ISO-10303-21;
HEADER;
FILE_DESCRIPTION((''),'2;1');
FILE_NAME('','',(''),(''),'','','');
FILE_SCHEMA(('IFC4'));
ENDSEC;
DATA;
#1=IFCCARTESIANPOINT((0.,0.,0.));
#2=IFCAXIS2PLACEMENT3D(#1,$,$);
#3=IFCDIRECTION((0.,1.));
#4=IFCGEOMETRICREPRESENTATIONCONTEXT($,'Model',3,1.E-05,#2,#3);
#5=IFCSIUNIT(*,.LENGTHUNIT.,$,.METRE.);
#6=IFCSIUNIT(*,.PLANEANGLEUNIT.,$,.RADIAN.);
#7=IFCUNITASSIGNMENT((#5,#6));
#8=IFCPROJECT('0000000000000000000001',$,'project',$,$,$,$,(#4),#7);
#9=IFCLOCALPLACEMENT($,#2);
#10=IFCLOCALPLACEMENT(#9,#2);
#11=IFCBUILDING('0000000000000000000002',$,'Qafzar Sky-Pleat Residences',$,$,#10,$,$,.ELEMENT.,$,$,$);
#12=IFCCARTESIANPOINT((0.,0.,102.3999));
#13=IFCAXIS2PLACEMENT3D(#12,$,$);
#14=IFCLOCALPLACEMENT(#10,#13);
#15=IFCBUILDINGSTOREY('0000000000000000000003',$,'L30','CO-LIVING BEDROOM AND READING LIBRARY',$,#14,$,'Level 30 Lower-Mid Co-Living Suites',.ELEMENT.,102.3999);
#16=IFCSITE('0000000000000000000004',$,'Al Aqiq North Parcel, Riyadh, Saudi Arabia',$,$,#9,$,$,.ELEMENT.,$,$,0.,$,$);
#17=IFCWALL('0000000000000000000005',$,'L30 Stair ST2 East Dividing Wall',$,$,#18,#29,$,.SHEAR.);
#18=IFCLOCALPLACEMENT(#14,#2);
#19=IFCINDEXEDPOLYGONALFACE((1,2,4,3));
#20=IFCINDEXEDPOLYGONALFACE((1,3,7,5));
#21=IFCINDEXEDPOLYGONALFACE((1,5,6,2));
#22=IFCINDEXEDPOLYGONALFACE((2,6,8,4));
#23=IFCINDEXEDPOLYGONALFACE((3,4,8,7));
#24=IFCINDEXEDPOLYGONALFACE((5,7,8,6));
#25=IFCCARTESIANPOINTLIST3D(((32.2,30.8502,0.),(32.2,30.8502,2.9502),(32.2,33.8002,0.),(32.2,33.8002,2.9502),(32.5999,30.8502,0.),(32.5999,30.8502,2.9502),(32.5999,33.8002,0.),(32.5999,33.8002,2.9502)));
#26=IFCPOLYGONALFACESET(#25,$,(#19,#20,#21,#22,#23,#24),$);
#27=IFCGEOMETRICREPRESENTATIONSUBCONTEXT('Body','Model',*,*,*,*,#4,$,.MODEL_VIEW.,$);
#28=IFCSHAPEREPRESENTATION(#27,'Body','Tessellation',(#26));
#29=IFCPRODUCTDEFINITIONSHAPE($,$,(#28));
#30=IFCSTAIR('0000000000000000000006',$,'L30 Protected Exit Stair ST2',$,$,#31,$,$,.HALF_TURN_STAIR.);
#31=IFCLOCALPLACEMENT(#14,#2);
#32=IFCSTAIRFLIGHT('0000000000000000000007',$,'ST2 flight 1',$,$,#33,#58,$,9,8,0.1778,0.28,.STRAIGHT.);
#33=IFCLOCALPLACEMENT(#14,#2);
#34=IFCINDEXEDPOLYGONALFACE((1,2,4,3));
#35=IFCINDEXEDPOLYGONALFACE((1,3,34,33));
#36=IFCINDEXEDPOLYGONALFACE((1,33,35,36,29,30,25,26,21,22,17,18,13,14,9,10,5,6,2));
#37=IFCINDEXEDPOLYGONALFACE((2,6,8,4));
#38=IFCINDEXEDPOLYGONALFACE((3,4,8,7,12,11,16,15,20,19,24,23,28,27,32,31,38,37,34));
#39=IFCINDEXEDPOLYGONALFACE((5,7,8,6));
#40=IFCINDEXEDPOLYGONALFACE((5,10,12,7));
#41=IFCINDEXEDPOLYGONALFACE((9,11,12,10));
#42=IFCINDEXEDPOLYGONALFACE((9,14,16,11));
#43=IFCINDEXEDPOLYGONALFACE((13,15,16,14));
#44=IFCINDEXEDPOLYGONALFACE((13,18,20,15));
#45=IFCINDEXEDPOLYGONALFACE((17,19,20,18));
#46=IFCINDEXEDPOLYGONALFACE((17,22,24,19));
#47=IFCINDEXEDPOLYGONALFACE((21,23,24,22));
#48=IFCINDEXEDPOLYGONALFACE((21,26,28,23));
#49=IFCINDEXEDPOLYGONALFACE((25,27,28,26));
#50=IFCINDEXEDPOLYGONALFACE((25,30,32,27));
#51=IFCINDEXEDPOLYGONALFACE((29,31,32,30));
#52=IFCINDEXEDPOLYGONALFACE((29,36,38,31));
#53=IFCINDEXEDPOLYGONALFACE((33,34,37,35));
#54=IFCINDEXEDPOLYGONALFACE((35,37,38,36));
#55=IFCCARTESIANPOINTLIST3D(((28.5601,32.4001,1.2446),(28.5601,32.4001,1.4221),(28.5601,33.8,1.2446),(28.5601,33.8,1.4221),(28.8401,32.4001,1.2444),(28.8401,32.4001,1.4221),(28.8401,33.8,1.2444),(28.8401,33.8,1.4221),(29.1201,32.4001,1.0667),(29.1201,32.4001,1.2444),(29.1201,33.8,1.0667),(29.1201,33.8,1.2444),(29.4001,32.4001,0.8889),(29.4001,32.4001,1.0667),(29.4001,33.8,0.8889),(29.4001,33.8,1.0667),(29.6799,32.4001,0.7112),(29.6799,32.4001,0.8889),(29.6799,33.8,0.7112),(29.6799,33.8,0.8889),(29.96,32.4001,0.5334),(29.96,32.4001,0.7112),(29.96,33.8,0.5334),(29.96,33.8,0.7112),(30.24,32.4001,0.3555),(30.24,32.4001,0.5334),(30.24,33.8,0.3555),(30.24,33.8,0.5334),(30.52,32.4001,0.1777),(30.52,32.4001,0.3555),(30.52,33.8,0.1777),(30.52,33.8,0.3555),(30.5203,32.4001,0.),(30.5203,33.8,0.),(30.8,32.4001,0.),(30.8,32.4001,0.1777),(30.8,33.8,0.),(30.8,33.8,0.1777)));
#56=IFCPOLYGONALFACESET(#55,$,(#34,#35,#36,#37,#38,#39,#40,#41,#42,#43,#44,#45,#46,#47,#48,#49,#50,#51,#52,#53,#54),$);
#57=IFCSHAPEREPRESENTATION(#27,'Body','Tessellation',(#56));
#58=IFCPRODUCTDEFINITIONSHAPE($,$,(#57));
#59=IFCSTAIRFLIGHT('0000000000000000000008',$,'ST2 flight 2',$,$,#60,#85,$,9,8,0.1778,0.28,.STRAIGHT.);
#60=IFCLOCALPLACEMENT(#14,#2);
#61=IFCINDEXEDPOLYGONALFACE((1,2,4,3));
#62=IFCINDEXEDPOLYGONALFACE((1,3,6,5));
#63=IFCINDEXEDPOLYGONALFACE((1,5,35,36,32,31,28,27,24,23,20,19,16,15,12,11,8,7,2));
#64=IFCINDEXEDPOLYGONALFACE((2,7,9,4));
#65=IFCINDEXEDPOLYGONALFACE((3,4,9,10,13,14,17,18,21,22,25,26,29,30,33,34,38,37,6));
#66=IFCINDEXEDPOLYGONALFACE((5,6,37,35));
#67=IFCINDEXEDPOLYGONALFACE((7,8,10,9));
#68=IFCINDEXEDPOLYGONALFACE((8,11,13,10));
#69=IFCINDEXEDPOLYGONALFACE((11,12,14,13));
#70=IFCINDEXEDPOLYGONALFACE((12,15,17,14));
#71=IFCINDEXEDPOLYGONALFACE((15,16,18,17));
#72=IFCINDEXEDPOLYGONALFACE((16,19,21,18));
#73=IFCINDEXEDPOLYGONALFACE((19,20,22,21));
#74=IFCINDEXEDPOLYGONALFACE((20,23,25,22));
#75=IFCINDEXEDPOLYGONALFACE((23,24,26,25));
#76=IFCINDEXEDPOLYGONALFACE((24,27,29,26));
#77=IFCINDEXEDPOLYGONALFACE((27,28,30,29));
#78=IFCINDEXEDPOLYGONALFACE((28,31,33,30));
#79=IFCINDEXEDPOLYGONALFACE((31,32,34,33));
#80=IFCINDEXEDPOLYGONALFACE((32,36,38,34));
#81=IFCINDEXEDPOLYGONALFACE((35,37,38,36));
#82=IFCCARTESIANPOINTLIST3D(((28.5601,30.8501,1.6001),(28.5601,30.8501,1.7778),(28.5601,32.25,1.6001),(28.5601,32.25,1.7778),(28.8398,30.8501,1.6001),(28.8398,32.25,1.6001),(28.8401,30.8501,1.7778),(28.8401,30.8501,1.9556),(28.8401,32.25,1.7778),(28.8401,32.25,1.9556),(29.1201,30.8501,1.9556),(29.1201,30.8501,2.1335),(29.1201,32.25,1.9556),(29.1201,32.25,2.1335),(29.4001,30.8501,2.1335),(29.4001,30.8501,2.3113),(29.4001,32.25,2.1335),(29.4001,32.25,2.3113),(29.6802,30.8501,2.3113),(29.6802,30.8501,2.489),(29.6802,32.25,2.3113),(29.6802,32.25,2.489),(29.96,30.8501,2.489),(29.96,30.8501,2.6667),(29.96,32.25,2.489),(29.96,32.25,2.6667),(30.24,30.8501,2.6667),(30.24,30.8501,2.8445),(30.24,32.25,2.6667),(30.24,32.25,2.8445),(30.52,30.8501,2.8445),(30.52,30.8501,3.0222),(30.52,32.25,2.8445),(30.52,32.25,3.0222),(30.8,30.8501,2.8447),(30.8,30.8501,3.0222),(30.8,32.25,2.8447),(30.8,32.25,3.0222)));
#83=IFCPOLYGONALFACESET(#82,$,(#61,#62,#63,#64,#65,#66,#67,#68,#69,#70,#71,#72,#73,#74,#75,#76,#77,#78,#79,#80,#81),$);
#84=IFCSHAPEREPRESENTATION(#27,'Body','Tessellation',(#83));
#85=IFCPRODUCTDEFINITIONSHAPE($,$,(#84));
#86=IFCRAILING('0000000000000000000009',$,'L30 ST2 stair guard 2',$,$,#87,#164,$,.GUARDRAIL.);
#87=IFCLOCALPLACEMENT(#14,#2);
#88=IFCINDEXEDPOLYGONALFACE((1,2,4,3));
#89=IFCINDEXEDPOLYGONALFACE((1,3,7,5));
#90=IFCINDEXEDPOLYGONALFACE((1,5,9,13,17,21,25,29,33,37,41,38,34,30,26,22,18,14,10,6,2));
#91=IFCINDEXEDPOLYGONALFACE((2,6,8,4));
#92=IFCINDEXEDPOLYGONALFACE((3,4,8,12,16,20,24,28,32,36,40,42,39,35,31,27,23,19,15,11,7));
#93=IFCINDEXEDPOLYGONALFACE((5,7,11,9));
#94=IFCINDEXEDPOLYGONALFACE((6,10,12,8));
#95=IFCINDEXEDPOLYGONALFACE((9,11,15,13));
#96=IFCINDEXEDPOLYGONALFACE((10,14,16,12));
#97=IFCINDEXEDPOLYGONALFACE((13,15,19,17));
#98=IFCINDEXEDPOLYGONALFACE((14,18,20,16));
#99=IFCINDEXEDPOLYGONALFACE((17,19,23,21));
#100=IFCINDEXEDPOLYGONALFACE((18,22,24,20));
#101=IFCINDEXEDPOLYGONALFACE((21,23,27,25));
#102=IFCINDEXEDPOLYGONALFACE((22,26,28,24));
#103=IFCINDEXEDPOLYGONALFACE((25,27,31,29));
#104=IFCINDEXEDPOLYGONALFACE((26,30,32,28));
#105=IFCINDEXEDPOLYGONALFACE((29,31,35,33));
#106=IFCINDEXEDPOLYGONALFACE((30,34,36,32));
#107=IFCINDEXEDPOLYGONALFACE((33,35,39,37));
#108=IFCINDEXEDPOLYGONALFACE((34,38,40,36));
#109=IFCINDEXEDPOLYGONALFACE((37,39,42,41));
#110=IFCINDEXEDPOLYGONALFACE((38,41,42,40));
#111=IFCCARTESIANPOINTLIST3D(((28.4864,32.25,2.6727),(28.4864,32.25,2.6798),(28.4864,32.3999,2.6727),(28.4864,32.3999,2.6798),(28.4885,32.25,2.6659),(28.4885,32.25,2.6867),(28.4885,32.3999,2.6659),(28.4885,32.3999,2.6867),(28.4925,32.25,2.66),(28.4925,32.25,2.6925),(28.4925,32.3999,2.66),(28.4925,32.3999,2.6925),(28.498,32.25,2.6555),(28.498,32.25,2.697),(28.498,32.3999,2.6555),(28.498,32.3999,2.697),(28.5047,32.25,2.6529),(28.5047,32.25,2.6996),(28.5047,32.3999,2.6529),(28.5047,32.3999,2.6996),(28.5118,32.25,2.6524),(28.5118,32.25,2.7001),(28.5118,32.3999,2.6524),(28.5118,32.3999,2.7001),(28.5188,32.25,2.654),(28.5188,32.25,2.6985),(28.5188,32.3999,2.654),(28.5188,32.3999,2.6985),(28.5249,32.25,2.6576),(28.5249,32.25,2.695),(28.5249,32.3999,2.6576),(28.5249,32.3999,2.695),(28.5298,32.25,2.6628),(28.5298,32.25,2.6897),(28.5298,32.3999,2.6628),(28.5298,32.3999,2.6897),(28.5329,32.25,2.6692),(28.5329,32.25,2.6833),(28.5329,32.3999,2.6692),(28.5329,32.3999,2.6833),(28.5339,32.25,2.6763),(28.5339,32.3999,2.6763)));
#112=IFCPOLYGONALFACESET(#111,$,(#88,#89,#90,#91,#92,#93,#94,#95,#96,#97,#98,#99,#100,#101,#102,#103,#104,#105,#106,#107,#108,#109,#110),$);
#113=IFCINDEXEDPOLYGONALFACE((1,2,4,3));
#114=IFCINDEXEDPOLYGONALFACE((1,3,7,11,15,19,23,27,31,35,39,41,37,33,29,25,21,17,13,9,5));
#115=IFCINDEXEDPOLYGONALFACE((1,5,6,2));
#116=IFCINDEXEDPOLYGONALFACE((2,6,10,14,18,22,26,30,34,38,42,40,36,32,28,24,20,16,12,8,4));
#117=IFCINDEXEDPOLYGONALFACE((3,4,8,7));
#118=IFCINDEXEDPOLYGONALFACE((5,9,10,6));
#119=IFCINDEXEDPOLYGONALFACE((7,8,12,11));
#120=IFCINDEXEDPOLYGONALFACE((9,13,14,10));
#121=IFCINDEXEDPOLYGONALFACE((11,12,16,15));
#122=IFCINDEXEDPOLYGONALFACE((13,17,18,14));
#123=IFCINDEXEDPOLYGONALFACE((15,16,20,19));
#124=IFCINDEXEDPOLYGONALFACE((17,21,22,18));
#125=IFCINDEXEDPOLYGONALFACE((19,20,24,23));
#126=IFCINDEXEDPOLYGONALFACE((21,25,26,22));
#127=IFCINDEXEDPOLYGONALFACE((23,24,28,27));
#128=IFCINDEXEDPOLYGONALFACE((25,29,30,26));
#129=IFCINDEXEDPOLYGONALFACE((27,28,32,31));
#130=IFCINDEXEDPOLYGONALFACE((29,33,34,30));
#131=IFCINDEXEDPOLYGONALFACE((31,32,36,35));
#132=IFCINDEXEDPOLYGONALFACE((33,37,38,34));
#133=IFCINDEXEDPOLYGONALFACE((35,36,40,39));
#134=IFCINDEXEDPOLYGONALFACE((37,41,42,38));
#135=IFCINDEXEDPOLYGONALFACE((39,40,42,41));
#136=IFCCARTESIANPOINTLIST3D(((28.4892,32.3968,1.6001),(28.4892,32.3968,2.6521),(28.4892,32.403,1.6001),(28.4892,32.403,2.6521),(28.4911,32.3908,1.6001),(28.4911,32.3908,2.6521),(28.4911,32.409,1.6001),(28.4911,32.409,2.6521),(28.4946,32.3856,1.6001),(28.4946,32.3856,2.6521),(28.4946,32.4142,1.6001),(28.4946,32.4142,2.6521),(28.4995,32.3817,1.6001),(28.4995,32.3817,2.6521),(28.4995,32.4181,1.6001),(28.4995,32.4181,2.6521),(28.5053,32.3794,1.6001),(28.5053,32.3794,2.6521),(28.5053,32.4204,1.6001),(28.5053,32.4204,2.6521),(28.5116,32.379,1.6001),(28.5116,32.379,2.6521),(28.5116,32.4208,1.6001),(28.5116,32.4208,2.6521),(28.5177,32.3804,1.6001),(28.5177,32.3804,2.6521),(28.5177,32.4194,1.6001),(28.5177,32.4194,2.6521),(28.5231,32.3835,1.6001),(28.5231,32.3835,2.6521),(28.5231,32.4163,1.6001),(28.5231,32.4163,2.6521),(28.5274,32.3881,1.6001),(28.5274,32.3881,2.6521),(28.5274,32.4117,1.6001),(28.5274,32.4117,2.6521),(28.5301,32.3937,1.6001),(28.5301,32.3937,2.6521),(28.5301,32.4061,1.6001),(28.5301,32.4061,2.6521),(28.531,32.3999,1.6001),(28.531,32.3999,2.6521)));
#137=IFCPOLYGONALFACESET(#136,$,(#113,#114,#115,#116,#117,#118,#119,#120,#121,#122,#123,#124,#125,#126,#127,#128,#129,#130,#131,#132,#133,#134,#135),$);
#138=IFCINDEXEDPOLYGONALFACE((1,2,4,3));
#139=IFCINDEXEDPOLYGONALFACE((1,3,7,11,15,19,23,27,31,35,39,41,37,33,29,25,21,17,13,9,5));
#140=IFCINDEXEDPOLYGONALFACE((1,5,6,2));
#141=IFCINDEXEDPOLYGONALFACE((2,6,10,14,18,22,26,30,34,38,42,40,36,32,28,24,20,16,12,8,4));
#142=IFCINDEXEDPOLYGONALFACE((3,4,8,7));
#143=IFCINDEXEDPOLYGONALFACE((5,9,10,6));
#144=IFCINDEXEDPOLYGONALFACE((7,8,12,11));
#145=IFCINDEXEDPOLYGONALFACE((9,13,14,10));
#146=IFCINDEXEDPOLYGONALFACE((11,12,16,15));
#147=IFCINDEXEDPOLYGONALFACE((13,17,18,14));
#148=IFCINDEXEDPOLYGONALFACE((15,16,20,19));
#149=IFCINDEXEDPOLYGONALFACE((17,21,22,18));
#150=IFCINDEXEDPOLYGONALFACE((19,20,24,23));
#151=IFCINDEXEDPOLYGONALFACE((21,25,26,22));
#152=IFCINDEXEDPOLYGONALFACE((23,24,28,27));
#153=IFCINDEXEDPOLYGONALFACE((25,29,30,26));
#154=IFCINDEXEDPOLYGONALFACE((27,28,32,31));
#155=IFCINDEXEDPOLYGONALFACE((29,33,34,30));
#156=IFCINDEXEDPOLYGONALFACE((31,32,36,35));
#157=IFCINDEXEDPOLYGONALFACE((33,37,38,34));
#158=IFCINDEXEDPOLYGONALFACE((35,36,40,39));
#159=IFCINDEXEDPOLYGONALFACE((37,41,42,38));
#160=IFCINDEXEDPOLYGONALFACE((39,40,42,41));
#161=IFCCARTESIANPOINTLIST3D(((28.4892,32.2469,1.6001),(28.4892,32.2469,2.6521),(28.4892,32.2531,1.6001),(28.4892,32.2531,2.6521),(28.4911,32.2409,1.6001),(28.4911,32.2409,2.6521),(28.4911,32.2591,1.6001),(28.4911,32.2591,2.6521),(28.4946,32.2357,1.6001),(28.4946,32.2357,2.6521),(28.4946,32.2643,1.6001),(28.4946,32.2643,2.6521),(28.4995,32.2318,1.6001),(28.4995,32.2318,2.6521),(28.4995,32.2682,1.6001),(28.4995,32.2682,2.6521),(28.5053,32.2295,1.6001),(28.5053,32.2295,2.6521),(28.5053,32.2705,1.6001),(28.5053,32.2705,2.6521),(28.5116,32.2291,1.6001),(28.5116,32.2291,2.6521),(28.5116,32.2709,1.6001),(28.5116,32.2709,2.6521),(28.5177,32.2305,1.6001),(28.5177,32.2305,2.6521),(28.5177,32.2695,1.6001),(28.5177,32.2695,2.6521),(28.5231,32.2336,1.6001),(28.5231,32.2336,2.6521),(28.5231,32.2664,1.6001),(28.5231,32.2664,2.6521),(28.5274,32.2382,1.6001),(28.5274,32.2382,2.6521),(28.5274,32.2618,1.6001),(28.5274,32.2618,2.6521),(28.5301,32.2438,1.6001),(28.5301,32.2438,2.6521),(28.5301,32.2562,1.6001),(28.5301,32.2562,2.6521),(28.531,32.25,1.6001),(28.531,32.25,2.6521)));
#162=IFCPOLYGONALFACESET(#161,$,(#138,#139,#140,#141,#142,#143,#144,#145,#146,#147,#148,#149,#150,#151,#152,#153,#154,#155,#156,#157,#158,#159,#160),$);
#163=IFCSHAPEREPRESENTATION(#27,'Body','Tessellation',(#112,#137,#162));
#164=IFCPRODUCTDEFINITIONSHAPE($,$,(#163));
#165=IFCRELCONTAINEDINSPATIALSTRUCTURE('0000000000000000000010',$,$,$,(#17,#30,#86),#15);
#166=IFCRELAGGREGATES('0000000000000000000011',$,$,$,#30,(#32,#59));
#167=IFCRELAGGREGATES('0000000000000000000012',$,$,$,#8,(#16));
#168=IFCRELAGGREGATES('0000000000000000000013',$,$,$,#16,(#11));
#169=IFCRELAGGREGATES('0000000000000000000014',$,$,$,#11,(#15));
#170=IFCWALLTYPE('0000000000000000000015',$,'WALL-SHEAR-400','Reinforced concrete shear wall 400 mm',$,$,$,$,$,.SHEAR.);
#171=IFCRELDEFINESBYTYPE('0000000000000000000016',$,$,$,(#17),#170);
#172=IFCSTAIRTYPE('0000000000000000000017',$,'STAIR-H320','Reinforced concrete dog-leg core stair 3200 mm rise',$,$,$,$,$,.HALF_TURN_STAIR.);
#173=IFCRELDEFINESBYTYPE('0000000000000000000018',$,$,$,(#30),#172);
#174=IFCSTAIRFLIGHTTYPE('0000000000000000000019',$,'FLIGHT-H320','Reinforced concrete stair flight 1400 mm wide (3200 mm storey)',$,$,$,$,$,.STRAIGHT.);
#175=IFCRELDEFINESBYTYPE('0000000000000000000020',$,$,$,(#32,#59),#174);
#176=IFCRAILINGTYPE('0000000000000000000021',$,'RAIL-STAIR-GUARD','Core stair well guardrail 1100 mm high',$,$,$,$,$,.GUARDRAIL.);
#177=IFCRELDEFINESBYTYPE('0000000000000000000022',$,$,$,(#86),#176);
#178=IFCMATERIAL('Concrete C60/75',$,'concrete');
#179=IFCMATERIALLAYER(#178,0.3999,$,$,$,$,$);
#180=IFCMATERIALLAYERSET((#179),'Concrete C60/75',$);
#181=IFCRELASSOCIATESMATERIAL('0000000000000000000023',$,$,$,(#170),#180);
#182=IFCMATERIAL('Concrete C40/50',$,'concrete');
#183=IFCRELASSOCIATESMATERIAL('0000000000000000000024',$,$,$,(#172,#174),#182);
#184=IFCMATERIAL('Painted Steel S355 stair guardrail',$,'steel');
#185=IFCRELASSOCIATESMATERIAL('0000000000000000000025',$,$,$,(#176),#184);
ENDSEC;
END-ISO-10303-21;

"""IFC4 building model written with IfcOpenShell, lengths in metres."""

from ifc_helpers import new_model, si_unit, direction, frame, frame_2d, origin, origin_2d, place, context, subcontext, project, spatial, polyline, rectangle, circle, outline, extrude, source, transform, mapped, material, layer, layer_set, type_object, element, aggregate, save


model = new_model("IFC4")

# Units and contexts
model_context = context("Model", 3, precision=1e-05, world=origin(), true_north=direction((0.0, 1.0)))
body_context = subcontext(model_context, "Body", "Model", "MODEL_VIEW")
ifc_project = project(units=[si_unit("LENGTHUNIT", "METRE"), si_unit("PLANEANGLEUNIT", "RADIAN")], contexts=[model_context])

# Site, building, storey
site_placement = place(None, origin())
site = spatial("IfcSite", under=ifc_project, at=site_placement, Name="Al Aqiq North Parcel, Riyadh, Saudi Arabia", CompositionType="ELEMENT", RefElevation=0.0)
building_placement = place(site_placement, origin())
building = spatial("IfcBuilding", under=site, at=building_placement, Name="Qafzar Sky-Pleat Residences", CompositionType="ELEMENT")
storey_placement = place(building_placement, frame((0.0, 0.0, 102.3999)))
storey = spatial("IfcBuildingStorey", under=building, at=storey_placement, Name="L30", Description="CO-LIVING BEDROOM AND READING LIBRARY", LongName="Level 30 Lower-Mid Co-Living Suites", CompositionType="ELEMENT", Elevation=102.3999)

# Wall
ifc_material_1 = material(Name="Concrete C60/75", Category="concrete")
ifc_layer_1 = layer(ifc_material_1, 0.3999)
ifc_layer_set_1 = layer_set([ifc_layer_1], Name="Concrete C60/75")
wall_type_1 = type_object("IfcWallType", Name="WALL-SHEAR-400", Description="Reinforced concrete shear wall 400 mm", PredefinedType="SHEAR", material=ifc_layer_set_1)
wall_1_placement = place(storey_placement, frame((32.3999, 30.8501, 0.0), z_axis=(0.0, 0.0, 1.0), x_axis=(0.0, 1.0, 0.0)))
element("IfcWall", 1, at=wall_1_placement, inside=storey, type_object=wall_type_1, Name="L30 Stair ST2 East Dividing Wall", PredefinedType="SHEAR", context=body_context, shape_type="SweptSolid", body=[
    extrude(rectangle(XDim=2.95, YDim=0.3999, at=frame_2d((1.4751, 0.0))), origin(), (0.0, 0.0, 1.0), 2.9502),
])

# Stair, stair flights
ifc_material_2 = material(Name="Concrete C40/50", Category="concrete")
stair_type = type_object("IfcStairType", Name="STAIR-H320", Description="Reinforced concrete dog-leg core stair 3200 mm rise", PredefinedType="HALF_TURN_STAIR", material=ifc_material_2)
stair_placement = place(storey_placement, origin())
stair = element("IfcStair", 2, at=stair_placement, inside=storey, type_object=stair_type, Name="L30 Protected Exit Stair ST2", PredefinedType="HALF_TURN_STAIR")
stair_flight_type = type_object("IfcStairFlightType", Name="FLIGHT-H320", Description="Reinforced concrete stair flight 1400 mm wide (3200 mm storey)", PredefinedType="STRAIGHT", material=ifc_material_2)
shared_shape_1 = source(origin(), body_context, "Body", "SweptSolid", [
    extrude(outline(polyline([(0.0, 0.0), (0.0, 0.1777), (0.28, 0.1777), (0.28, 0.3555), (0.5601, 0.3555), (0.5601, 0.5334), (0.8401, 0.5334), (0.8401, 0.7112), (1.1201, 0.7112), (1.1201, 0.8889), (1.3999, 0.8889), (1.3999, 1.0667), (1.6799, 1.0667), (1.6799, 1.2444), (1.96, 1.2444), (1.96, 1.4221), (2.24, 1.4221), (2.24, 1.6001), (2.24, 1.2446), (0.2798, 0.0), (0.0, 0.0)])), frame((0.0, 0.7, 0.0), z_axis=(0.0, -1.0, 0.0), x_axis=(1.0, 0.0, 0.0)), (0.0, 0.0, 1.0), 1.3999),
])
stair_flight_1_placement = place(storey_placement, frame((30.8, 33.1001, 0.0), z_axis=(0.0, 0.0, 1.0), x_axis=(-1.0, 0.0, 0.0)))
stair_flight_1 = element("IfcStairFlight", 3, at=stair_flight_1_placement, type_object=stair_flight_type, Name="ST2 flight 1", NumberOfRisers=9, NumberOfTreads=8, PredefinedType="STRAIGHT", RiserHeight=0.1778, TreadLength=0.28, context=body_context, shape_type="MappedRepresentation", body=[
    mapped(shared_shape_1, transform((0.0, 0.0, 0.0), x_axis=(1.0, 0.0, 0.0), y_axis=(0.0, 1.0, 0.0), z_axis=(0.0, 0.0, 1.0), scale=1.0)),
])
stair_flight_2_placement = place(storey_placement, frame((28.5601, 31.55, 1.6001), z_axis=(0.0, 0.0, 1.0), x_axis=(1.0, 0.0, 0.0)))
stair_flight_2 = element("IfcStairFlight", 4, at=stair_flight_2_placement, type_object=stair_flight_type, Name="ST2 flight 2", NumberOfRisers=9, NumberOfTreads=8, PredefinedType="STRAIGHT", RiserHeight=0.1778, TreadLength=0.28, context=body_context, shape_type="MappedRepresentation", body=[
    mapped(shared_shape_1, transform((0.0, 0.0, 0.0), x_axis=(1.0, 0.0, 0.0), y_axis=(0.0, 1.0, 0.0), z_axis=(0.0, 0.0, 1.0), scale=1.0)),
])
aggregate(stair, [stair_flight_1, stair_flight_2])

# Railing
ifc_material_3 = material(Name="Painted Steel S355 stair guardrail", Category="steel")
railing_type_1 = type_object("IfcRailingType", Name="RAIL-STAIR-GUARD", Description="Core stair well guardrail 1100 mm high", PredefinedType="GUARDRAIL", material=ifc_material_3)
shared_shape_2 = source(origin(), body_context, "Body", "SweptSolid", [
    extrude(circle(Radius=0.0239, at=origin_2d()), frame((0.0, 0.0, 1.0762), z_axis=(0.0, -1.0, 0.0), x_axis=(1.0, 0.0, 0.0)), (0.0, 0.0, 1.0), 0.1499),
    extrude(circle(Radius=0.021, at=origin_2d()), origin(), (0.0, 0.0, 1.0), 1.052),
    extrude(circle(Radius=0.021, at=origin_2d()), frame((0.0, -0.1499, 0.0)), (0.0, 0.0, 1.0), 1.052),
])
for number, where, name in (
    (5, (28.51, 32.3999, 1.6001), "L30 ST2 stair guard 2"),
):
    element("IfcRailing", number, at=place(storey_placement, frame(where)), inside=storey, type_object=railing_type_1, Name=name, PredefinedType="GUARDRAIL", context=body_context, shape_type="MappedRepresentation", body=[
        mapped(shared_shape_2, transform((0.0, 0.0, 0.0), x_axis=(1.0, 0.0, 0.0), y_axis=(0.0, 1.0, 0.0), z_axis=(0.0, 0.0, 1.0), scale=1.0)),
    ])

save(model, "model.ifc")
